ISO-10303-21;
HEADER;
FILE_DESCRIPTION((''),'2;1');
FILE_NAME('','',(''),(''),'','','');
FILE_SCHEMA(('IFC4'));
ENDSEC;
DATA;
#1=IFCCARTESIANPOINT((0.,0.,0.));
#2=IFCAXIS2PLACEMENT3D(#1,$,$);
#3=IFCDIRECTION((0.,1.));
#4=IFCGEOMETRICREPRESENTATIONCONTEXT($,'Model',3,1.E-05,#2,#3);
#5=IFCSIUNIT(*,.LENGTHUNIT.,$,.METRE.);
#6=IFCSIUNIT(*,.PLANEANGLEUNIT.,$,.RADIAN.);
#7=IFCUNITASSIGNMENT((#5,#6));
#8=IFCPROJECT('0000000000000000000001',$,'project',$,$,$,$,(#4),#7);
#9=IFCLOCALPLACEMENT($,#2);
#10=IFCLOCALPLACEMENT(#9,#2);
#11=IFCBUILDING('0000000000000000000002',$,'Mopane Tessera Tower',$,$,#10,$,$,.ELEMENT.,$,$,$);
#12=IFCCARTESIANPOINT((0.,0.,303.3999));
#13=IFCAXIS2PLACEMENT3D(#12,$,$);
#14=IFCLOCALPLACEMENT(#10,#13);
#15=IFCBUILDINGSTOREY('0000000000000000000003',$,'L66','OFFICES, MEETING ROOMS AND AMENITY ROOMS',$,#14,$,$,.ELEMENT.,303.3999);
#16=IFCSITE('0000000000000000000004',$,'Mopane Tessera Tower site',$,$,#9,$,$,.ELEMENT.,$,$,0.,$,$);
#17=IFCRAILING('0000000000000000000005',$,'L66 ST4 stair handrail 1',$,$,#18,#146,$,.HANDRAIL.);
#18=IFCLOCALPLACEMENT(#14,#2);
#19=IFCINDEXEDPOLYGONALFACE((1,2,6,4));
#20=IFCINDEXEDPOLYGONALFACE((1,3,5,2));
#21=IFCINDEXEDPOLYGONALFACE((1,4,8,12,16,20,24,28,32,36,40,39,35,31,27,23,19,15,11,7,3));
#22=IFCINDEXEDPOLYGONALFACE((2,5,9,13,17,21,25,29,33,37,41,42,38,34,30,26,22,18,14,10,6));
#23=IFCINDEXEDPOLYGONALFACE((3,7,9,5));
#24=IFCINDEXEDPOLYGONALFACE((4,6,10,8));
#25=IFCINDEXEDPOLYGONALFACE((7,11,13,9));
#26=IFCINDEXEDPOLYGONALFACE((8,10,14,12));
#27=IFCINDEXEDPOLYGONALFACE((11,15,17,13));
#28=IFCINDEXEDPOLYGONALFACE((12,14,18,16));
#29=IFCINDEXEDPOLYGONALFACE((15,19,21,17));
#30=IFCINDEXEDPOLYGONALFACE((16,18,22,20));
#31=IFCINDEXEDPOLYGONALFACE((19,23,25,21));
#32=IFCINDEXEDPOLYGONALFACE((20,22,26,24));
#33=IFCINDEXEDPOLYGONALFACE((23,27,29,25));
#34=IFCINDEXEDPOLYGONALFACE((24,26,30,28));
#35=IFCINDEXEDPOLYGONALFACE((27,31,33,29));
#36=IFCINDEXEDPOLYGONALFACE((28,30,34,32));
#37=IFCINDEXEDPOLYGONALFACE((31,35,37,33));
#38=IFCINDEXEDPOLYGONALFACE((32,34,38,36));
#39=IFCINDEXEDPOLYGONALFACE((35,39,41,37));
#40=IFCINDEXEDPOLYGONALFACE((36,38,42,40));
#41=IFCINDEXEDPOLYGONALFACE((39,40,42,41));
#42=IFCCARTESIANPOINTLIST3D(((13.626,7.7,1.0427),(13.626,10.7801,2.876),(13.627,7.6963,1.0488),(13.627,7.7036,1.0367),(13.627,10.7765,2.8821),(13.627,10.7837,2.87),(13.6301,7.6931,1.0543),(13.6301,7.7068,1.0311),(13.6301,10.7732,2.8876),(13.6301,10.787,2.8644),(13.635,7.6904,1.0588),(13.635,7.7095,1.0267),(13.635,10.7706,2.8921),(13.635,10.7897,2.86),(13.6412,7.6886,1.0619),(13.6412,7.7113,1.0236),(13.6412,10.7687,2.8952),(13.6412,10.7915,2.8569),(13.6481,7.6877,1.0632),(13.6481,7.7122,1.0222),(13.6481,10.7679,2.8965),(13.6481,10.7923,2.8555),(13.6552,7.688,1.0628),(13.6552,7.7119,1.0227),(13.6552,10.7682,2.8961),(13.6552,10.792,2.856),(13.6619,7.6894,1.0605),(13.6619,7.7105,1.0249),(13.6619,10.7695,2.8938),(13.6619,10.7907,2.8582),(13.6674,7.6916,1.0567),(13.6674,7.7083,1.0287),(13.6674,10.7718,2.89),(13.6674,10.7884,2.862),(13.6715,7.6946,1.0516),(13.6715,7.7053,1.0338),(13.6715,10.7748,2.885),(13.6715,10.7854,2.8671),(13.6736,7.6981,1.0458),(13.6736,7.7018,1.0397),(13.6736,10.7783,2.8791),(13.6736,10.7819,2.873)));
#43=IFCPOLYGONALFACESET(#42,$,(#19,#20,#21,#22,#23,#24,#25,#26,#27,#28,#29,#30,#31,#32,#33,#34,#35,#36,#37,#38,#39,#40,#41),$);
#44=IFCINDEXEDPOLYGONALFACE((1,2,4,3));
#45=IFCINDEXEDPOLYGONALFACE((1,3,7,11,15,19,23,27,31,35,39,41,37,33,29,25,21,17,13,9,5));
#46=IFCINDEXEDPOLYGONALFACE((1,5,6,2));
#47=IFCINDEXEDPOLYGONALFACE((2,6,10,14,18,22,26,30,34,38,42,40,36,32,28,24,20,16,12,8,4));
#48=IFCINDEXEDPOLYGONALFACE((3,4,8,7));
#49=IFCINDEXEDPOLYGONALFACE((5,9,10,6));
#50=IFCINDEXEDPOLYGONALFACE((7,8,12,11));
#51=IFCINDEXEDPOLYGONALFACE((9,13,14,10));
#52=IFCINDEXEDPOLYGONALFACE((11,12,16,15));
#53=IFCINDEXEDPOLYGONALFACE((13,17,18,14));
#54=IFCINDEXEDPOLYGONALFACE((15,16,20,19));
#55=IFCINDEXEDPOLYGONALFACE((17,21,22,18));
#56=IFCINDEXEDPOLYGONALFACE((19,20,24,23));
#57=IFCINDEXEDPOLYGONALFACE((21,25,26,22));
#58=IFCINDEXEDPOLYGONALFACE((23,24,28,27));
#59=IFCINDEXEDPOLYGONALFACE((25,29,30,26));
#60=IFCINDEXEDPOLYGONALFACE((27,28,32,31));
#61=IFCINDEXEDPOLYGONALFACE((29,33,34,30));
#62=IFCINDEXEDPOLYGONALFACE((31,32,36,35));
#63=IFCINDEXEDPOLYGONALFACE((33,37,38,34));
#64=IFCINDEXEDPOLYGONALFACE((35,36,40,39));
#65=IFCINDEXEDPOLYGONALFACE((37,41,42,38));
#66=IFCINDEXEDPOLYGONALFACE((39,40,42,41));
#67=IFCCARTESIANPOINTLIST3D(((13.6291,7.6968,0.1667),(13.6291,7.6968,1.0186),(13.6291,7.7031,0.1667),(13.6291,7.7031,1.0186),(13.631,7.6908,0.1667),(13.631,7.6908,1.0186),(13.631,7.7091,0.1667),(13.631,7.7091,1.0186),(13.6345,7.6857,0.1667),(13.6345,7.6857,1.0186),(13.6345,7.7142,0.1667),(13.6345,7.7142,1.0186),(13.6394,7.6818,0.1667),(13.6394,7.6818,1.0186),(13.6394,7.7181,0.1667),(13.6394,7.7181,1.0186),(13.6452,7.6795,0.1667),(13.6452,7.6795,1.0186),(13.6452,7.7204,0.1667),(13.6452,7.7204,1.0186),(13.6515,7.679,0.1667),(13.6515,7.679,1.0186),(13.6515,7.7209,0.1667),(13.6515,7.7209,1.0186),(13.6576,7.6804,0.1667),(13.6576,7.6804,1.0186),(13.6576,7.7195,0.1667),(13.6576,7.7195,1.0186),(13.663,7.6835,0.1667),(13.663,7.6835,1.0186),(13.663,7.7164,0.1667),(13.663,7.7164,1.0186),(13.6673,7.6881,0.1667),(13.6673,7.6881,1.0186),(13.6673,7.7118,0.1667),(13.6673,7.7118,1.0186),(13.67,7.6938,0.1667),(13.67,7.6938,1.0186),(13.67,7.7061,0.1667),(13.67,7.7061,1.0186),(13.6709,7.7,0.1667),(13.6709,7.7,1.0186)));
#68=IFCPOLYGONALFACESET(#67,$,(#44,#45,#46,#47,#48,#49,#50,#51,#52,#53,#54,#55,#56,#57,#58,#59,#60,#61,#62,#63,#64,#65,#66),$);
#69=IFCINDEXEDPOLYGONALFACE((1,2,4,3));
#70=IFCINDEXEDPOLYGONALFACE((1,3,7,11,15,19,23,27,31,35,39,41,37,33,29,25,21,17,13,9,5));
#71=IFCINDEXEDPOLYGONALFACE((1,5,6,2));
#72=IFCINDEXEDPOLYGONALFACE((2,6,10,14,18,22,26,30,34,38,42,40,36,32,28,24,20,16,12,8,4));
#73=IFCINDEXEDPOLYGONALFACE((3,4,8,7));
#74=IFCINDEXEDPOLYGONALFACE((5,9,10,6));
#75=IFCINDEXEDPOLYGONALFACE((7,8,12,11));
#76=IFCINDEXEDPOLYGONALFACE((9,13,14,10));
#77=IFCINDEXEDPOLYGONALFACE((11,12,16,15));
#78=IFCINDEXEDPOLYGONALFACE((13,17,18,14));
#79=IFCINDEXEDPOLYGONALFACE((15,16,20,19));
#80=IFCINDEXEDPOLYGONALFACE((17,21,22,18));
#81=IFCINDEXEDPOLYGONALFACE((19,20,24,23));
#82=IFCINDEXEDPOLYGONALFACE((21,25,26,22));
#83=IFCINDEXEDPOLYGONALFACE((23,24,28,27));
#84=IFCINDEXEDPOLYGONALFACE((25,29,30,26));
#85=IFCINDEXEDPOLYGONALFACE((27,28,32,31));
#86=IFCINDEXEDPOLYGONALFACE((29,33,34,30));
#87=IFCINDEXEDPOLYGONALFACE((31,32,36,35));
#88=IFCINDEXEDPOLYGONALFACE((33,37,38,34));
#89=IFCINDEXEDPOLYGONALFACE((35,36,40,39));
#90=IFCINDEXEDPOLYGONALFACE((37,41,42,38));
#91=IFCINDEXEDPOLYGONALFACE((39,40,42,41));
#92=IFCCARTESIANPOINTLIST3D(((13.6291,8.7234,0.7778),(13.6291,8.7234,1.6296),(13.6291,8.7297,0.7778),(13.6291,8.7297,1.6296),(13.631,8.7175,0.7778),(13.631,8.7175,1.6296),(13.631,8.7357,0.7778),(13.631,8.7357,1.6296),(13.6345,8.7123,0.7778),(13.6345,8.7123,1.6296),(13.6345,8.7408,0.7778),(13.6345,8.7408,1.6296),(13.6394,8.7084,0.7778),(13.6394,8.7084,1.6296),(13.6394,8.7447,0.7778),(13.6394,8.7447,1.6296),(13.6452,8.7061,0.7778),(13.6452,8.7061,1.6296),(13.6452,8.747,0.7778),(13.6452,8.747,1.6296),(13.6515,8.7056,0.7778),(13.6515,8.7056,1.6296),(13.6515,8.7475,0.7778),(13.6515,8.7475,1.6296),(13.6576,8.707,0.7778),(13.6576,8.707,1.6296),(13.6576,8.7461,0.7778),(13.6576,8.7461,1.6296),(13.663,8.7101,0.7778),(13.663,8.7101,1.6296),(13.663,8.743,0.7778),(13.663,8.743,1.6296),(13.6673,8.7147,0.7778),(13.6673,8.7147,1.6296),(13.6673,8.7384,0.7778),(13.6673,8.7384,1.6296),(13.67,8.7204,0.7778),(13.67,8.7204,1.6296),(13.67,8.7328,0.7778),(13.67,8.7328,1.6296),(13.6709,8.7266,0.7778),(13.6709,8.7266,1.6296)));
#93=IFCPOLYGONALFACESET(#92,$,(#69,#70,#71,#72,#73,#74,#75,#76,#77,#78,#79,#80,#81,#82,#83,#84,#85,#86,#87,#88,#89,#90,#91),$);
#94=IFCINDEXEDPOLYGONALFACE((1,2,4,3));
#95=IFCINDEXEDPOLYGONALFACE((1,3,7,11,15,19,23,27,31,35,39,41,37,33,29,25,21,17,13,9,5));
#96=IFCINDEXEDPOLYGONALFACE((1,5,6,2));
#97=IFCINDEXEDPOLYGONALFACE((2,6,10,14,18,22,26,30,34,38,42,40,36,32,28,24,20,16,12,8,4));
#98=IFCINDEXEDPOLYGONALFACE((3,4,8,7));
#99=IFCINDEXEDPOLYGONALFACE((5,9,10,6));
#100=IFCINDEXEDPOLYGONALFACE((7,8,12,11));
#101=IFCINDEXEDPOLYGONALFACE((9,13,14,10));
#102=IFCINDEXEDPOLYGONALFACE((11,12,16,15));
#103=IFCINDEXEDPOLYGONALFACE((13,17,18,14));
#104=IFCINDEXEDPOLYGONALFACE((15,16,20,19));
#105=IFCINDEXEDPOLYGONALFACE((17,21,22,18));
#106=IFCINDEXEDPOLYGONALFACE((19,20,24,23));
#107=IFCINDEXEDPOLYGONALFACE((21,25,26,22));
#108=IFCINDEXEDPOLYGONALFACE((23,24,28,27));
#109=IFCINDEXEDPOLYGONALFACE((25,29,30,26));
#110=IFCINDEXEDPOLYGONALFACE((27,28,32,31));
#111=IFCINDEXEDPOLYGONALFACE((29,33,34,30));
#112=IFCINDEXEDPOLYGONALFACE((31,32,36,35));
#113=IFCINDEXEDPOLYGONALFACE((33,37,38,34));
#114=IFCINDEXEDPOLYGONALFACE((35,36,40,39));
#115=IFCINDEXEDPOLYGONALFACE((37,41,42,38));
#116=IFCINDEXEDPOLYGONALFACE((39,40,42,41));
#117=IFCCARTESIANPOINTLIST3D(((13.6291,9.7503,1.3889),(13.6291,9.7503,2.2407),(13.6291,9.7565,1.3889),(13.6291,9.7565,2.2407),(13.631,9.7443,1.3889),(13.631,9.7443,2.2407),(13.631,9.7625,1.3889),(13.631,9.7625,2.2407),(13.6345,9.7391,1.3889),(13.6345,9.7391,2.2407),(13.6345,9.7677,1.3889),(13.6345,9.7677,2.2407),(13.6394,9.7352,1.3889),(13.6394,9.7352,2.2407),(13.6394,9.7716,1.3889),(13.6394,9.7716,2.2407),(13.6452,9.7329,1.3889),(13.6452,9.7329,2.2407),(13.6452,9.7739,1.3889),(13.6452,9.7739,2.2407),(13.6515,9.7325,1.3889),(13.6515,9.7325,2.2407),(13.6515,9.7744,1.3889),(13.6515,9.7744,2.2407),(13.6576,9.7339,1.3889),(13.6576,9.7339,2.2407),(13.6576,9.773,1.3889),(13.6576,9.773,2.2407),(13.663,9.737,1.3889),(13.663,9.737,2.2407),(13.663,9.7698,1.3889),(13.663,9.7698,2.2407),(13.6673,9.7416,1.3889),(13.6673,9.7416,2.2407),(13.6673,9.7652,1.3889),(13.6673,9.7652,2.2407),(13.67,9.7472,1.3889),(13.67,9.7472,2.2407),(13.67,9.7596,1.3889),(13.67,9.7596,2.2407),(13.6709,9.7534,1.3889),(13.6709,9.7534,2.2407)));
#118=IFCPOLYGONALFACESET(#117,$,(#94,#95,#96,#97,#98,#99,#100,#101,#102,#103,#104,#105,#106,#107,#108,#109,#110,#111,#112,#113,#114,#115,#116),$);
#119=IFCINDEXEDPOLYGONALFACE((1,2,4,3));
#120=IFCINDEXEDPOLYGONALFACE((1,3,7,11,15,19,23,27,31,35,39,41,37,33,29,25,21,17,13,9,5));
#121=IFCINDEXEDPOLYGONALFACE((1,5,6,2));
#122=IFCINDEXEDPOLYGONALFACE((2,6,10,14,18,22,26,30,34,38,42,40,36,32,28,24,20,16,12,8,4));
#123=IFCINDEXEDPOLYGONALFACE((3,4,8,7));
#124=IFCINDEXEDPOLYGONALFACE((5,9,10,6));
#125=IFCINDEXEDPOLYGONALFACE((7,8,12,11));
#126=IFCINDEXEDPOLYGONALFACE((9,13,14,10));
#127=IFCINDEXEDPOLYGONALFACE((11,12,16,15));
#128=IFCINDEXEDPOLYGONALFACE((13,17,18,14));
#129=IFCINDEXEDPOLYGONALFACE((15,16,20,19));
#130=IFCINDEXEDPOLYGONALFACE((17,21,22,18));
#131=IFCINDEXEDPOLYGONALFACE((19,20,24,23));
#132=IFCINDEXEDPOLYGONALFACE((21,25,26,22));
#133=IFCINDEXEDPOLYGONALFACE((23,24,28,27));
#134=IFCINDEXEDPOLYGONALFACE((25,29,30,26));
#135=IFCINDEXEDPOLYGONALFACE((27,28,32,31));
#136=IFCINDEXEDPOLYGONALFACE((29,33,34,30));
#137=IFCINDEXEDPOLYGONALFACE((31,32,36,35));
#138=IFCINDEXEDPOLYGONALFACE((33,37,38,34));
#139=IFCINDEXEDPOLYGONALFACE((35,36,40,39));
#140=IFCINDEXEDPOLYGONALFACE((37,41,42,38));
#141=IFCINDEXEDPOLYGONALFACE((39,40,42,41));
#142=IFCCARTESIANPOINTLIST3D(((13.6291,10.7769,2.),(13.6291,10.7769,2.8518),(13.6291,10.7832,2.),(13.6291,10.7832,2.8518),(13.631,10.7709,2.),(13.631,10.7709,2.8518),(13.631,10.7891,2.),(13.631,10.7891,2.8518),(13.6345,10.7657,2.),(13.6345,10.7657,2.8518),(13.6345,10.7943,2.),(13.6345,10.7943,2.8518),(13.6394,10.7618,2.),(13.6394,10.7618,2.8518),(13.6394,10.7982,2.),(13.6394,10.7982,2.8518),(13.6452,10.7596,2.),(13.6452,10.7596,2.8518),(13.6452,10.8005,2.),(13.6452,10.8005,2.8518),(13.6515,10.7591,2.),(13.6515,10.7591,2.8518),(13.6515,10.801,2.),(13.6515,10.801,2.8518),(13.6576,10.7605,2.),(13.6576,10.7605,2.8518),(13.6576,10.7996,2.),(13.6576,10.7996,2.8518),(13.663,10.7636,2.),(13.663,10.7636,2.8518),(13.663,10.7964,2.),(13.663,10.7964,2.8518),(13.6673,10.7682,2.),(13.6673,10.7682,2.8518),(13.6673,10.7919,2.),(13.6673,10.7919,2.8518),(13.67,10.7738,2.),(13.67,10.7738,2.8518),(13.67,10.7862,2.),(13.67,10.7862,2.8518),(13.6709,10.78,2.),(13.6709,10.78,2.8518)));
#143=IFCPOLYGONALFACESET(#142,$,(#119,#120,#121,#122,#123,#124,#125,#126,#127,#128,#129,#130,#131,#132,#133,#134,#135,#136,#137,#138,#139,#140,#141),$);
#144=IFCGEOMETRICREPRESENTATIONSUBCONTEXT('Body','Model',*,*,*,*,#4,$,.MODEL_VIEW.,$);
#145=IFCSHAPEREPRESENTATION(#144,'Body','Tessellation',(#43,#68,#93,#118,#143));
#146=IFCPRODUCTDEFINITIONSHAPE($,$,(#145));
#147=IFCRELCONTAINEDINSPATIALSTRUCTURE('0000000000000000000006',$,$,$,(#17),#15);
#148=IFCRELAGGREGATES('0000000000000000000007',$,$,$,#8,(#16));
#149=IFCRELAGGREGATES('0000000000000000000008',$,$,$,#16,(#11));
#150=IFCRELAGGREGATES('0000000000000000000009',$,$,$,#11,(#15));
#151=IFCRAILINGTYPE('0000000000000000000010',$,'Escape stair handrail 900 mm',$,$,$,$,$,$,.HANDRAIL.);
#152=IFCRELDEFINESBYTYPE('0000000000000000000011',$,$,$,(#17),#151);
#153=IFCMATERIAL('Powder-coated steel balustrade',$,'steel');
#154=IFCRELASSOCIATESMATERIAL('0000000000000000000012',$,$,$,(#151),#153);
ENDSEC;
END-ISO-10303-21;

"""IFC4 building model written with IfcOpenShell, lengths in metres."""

from ifc_helpers import new_model, si_unit, direction, frame, origin, origin_2d, place, context, subcontext, project, spatial, circle, extrude, material, type_object, element, save


model = new_model("IFC4")

# Units and contexts
model_context = context("Model", 3, precision=1e-05, world=origin(), true_north=direction((0.0, 1.0)))
body_context = subcontext(model_context, "Body", "Model", "MODEL_VIEW")
ifc_project = project(units=[si_unit("LENGTHUNIT", "METRE"), si_unit("PLANEANGLEUNIT", "RADIAN")], contexts=[model_context])

# Site, building, storey
site_placement = place(None, origin())
site = spatial("IfcSite", under=ifc_project, at=site_placement, Name="Mopane Tessera Tower site", CompositionType="ELEMENT", RefElevation=0.0)
building_placement = place(site_placement, origin())
building = spatial("IfcBuilding", under=site, at=building_placement, Name="Mopane Tessera Tower", CompositionType="ELEMENT")
storey_placement = place(building_placement, frame((0.0, 0.0, 303.3999)))
storey = spatial("IfcBuildingStorey", under=building, at=storey_placement, Name="L66", Description="OFFICES, MEETING ROOMS AND AMENITY ROOMS", CompositionType="ELEMENT", Elevation=303.3999)

# Railing
ifc_material_1 = material(Name="Powder-coated steel balustrade", Category="steel")
railing_type = type_object("IfcRailingType", Name="Escape stair handrail 900 mm", PredefinedType="HANDRAIL", material=ifc_material_1)
railing_placement = place(storey_placement, frame((13.6499, 7.7, 0.1667)))
element("IfcRailing", 1, at=railing_placement, inside=storey, type_object=railing_type, Name="L66 ST4 stair handrail 1", PredefinedType="HANDRAIL", context=body_context, shape_type="SweptSolid", body=[
    extrude(circle(Radius=0.0239, at=origin_2d()), frame((0.0, 0.0, 0.876), z_axis=(0.0, 0.859309, 0.511458), x_axis=(-1.0, 0.0, 0.0)), (0.0, 0.0, 1.0), 3.5845),
    extrude(circle(Radius=0.021, at=origin_2d()), origin(), (0.0, 0.0, 1.0), 0.8518),
    extrude(circle(Radius=0.021, at=origin_2d()), frame((0.0, 1.0266, 0.6111)), (0.0, 0.0, 1.0), 0.8518),
    extrude(circle(Radius=0.021, at=origin_2d()), frame((0.0, 2.0535, 1.2222)), (0.0, 0.0, 1.0), 0.8518),
    extrude(circle(Radius=0.021, at=origin_2d()), frame((0.0, 3.0801, 1.8333)), (0.0, 0.0, 1.0), 0.8518),
])

save(model, "model.ifc")
